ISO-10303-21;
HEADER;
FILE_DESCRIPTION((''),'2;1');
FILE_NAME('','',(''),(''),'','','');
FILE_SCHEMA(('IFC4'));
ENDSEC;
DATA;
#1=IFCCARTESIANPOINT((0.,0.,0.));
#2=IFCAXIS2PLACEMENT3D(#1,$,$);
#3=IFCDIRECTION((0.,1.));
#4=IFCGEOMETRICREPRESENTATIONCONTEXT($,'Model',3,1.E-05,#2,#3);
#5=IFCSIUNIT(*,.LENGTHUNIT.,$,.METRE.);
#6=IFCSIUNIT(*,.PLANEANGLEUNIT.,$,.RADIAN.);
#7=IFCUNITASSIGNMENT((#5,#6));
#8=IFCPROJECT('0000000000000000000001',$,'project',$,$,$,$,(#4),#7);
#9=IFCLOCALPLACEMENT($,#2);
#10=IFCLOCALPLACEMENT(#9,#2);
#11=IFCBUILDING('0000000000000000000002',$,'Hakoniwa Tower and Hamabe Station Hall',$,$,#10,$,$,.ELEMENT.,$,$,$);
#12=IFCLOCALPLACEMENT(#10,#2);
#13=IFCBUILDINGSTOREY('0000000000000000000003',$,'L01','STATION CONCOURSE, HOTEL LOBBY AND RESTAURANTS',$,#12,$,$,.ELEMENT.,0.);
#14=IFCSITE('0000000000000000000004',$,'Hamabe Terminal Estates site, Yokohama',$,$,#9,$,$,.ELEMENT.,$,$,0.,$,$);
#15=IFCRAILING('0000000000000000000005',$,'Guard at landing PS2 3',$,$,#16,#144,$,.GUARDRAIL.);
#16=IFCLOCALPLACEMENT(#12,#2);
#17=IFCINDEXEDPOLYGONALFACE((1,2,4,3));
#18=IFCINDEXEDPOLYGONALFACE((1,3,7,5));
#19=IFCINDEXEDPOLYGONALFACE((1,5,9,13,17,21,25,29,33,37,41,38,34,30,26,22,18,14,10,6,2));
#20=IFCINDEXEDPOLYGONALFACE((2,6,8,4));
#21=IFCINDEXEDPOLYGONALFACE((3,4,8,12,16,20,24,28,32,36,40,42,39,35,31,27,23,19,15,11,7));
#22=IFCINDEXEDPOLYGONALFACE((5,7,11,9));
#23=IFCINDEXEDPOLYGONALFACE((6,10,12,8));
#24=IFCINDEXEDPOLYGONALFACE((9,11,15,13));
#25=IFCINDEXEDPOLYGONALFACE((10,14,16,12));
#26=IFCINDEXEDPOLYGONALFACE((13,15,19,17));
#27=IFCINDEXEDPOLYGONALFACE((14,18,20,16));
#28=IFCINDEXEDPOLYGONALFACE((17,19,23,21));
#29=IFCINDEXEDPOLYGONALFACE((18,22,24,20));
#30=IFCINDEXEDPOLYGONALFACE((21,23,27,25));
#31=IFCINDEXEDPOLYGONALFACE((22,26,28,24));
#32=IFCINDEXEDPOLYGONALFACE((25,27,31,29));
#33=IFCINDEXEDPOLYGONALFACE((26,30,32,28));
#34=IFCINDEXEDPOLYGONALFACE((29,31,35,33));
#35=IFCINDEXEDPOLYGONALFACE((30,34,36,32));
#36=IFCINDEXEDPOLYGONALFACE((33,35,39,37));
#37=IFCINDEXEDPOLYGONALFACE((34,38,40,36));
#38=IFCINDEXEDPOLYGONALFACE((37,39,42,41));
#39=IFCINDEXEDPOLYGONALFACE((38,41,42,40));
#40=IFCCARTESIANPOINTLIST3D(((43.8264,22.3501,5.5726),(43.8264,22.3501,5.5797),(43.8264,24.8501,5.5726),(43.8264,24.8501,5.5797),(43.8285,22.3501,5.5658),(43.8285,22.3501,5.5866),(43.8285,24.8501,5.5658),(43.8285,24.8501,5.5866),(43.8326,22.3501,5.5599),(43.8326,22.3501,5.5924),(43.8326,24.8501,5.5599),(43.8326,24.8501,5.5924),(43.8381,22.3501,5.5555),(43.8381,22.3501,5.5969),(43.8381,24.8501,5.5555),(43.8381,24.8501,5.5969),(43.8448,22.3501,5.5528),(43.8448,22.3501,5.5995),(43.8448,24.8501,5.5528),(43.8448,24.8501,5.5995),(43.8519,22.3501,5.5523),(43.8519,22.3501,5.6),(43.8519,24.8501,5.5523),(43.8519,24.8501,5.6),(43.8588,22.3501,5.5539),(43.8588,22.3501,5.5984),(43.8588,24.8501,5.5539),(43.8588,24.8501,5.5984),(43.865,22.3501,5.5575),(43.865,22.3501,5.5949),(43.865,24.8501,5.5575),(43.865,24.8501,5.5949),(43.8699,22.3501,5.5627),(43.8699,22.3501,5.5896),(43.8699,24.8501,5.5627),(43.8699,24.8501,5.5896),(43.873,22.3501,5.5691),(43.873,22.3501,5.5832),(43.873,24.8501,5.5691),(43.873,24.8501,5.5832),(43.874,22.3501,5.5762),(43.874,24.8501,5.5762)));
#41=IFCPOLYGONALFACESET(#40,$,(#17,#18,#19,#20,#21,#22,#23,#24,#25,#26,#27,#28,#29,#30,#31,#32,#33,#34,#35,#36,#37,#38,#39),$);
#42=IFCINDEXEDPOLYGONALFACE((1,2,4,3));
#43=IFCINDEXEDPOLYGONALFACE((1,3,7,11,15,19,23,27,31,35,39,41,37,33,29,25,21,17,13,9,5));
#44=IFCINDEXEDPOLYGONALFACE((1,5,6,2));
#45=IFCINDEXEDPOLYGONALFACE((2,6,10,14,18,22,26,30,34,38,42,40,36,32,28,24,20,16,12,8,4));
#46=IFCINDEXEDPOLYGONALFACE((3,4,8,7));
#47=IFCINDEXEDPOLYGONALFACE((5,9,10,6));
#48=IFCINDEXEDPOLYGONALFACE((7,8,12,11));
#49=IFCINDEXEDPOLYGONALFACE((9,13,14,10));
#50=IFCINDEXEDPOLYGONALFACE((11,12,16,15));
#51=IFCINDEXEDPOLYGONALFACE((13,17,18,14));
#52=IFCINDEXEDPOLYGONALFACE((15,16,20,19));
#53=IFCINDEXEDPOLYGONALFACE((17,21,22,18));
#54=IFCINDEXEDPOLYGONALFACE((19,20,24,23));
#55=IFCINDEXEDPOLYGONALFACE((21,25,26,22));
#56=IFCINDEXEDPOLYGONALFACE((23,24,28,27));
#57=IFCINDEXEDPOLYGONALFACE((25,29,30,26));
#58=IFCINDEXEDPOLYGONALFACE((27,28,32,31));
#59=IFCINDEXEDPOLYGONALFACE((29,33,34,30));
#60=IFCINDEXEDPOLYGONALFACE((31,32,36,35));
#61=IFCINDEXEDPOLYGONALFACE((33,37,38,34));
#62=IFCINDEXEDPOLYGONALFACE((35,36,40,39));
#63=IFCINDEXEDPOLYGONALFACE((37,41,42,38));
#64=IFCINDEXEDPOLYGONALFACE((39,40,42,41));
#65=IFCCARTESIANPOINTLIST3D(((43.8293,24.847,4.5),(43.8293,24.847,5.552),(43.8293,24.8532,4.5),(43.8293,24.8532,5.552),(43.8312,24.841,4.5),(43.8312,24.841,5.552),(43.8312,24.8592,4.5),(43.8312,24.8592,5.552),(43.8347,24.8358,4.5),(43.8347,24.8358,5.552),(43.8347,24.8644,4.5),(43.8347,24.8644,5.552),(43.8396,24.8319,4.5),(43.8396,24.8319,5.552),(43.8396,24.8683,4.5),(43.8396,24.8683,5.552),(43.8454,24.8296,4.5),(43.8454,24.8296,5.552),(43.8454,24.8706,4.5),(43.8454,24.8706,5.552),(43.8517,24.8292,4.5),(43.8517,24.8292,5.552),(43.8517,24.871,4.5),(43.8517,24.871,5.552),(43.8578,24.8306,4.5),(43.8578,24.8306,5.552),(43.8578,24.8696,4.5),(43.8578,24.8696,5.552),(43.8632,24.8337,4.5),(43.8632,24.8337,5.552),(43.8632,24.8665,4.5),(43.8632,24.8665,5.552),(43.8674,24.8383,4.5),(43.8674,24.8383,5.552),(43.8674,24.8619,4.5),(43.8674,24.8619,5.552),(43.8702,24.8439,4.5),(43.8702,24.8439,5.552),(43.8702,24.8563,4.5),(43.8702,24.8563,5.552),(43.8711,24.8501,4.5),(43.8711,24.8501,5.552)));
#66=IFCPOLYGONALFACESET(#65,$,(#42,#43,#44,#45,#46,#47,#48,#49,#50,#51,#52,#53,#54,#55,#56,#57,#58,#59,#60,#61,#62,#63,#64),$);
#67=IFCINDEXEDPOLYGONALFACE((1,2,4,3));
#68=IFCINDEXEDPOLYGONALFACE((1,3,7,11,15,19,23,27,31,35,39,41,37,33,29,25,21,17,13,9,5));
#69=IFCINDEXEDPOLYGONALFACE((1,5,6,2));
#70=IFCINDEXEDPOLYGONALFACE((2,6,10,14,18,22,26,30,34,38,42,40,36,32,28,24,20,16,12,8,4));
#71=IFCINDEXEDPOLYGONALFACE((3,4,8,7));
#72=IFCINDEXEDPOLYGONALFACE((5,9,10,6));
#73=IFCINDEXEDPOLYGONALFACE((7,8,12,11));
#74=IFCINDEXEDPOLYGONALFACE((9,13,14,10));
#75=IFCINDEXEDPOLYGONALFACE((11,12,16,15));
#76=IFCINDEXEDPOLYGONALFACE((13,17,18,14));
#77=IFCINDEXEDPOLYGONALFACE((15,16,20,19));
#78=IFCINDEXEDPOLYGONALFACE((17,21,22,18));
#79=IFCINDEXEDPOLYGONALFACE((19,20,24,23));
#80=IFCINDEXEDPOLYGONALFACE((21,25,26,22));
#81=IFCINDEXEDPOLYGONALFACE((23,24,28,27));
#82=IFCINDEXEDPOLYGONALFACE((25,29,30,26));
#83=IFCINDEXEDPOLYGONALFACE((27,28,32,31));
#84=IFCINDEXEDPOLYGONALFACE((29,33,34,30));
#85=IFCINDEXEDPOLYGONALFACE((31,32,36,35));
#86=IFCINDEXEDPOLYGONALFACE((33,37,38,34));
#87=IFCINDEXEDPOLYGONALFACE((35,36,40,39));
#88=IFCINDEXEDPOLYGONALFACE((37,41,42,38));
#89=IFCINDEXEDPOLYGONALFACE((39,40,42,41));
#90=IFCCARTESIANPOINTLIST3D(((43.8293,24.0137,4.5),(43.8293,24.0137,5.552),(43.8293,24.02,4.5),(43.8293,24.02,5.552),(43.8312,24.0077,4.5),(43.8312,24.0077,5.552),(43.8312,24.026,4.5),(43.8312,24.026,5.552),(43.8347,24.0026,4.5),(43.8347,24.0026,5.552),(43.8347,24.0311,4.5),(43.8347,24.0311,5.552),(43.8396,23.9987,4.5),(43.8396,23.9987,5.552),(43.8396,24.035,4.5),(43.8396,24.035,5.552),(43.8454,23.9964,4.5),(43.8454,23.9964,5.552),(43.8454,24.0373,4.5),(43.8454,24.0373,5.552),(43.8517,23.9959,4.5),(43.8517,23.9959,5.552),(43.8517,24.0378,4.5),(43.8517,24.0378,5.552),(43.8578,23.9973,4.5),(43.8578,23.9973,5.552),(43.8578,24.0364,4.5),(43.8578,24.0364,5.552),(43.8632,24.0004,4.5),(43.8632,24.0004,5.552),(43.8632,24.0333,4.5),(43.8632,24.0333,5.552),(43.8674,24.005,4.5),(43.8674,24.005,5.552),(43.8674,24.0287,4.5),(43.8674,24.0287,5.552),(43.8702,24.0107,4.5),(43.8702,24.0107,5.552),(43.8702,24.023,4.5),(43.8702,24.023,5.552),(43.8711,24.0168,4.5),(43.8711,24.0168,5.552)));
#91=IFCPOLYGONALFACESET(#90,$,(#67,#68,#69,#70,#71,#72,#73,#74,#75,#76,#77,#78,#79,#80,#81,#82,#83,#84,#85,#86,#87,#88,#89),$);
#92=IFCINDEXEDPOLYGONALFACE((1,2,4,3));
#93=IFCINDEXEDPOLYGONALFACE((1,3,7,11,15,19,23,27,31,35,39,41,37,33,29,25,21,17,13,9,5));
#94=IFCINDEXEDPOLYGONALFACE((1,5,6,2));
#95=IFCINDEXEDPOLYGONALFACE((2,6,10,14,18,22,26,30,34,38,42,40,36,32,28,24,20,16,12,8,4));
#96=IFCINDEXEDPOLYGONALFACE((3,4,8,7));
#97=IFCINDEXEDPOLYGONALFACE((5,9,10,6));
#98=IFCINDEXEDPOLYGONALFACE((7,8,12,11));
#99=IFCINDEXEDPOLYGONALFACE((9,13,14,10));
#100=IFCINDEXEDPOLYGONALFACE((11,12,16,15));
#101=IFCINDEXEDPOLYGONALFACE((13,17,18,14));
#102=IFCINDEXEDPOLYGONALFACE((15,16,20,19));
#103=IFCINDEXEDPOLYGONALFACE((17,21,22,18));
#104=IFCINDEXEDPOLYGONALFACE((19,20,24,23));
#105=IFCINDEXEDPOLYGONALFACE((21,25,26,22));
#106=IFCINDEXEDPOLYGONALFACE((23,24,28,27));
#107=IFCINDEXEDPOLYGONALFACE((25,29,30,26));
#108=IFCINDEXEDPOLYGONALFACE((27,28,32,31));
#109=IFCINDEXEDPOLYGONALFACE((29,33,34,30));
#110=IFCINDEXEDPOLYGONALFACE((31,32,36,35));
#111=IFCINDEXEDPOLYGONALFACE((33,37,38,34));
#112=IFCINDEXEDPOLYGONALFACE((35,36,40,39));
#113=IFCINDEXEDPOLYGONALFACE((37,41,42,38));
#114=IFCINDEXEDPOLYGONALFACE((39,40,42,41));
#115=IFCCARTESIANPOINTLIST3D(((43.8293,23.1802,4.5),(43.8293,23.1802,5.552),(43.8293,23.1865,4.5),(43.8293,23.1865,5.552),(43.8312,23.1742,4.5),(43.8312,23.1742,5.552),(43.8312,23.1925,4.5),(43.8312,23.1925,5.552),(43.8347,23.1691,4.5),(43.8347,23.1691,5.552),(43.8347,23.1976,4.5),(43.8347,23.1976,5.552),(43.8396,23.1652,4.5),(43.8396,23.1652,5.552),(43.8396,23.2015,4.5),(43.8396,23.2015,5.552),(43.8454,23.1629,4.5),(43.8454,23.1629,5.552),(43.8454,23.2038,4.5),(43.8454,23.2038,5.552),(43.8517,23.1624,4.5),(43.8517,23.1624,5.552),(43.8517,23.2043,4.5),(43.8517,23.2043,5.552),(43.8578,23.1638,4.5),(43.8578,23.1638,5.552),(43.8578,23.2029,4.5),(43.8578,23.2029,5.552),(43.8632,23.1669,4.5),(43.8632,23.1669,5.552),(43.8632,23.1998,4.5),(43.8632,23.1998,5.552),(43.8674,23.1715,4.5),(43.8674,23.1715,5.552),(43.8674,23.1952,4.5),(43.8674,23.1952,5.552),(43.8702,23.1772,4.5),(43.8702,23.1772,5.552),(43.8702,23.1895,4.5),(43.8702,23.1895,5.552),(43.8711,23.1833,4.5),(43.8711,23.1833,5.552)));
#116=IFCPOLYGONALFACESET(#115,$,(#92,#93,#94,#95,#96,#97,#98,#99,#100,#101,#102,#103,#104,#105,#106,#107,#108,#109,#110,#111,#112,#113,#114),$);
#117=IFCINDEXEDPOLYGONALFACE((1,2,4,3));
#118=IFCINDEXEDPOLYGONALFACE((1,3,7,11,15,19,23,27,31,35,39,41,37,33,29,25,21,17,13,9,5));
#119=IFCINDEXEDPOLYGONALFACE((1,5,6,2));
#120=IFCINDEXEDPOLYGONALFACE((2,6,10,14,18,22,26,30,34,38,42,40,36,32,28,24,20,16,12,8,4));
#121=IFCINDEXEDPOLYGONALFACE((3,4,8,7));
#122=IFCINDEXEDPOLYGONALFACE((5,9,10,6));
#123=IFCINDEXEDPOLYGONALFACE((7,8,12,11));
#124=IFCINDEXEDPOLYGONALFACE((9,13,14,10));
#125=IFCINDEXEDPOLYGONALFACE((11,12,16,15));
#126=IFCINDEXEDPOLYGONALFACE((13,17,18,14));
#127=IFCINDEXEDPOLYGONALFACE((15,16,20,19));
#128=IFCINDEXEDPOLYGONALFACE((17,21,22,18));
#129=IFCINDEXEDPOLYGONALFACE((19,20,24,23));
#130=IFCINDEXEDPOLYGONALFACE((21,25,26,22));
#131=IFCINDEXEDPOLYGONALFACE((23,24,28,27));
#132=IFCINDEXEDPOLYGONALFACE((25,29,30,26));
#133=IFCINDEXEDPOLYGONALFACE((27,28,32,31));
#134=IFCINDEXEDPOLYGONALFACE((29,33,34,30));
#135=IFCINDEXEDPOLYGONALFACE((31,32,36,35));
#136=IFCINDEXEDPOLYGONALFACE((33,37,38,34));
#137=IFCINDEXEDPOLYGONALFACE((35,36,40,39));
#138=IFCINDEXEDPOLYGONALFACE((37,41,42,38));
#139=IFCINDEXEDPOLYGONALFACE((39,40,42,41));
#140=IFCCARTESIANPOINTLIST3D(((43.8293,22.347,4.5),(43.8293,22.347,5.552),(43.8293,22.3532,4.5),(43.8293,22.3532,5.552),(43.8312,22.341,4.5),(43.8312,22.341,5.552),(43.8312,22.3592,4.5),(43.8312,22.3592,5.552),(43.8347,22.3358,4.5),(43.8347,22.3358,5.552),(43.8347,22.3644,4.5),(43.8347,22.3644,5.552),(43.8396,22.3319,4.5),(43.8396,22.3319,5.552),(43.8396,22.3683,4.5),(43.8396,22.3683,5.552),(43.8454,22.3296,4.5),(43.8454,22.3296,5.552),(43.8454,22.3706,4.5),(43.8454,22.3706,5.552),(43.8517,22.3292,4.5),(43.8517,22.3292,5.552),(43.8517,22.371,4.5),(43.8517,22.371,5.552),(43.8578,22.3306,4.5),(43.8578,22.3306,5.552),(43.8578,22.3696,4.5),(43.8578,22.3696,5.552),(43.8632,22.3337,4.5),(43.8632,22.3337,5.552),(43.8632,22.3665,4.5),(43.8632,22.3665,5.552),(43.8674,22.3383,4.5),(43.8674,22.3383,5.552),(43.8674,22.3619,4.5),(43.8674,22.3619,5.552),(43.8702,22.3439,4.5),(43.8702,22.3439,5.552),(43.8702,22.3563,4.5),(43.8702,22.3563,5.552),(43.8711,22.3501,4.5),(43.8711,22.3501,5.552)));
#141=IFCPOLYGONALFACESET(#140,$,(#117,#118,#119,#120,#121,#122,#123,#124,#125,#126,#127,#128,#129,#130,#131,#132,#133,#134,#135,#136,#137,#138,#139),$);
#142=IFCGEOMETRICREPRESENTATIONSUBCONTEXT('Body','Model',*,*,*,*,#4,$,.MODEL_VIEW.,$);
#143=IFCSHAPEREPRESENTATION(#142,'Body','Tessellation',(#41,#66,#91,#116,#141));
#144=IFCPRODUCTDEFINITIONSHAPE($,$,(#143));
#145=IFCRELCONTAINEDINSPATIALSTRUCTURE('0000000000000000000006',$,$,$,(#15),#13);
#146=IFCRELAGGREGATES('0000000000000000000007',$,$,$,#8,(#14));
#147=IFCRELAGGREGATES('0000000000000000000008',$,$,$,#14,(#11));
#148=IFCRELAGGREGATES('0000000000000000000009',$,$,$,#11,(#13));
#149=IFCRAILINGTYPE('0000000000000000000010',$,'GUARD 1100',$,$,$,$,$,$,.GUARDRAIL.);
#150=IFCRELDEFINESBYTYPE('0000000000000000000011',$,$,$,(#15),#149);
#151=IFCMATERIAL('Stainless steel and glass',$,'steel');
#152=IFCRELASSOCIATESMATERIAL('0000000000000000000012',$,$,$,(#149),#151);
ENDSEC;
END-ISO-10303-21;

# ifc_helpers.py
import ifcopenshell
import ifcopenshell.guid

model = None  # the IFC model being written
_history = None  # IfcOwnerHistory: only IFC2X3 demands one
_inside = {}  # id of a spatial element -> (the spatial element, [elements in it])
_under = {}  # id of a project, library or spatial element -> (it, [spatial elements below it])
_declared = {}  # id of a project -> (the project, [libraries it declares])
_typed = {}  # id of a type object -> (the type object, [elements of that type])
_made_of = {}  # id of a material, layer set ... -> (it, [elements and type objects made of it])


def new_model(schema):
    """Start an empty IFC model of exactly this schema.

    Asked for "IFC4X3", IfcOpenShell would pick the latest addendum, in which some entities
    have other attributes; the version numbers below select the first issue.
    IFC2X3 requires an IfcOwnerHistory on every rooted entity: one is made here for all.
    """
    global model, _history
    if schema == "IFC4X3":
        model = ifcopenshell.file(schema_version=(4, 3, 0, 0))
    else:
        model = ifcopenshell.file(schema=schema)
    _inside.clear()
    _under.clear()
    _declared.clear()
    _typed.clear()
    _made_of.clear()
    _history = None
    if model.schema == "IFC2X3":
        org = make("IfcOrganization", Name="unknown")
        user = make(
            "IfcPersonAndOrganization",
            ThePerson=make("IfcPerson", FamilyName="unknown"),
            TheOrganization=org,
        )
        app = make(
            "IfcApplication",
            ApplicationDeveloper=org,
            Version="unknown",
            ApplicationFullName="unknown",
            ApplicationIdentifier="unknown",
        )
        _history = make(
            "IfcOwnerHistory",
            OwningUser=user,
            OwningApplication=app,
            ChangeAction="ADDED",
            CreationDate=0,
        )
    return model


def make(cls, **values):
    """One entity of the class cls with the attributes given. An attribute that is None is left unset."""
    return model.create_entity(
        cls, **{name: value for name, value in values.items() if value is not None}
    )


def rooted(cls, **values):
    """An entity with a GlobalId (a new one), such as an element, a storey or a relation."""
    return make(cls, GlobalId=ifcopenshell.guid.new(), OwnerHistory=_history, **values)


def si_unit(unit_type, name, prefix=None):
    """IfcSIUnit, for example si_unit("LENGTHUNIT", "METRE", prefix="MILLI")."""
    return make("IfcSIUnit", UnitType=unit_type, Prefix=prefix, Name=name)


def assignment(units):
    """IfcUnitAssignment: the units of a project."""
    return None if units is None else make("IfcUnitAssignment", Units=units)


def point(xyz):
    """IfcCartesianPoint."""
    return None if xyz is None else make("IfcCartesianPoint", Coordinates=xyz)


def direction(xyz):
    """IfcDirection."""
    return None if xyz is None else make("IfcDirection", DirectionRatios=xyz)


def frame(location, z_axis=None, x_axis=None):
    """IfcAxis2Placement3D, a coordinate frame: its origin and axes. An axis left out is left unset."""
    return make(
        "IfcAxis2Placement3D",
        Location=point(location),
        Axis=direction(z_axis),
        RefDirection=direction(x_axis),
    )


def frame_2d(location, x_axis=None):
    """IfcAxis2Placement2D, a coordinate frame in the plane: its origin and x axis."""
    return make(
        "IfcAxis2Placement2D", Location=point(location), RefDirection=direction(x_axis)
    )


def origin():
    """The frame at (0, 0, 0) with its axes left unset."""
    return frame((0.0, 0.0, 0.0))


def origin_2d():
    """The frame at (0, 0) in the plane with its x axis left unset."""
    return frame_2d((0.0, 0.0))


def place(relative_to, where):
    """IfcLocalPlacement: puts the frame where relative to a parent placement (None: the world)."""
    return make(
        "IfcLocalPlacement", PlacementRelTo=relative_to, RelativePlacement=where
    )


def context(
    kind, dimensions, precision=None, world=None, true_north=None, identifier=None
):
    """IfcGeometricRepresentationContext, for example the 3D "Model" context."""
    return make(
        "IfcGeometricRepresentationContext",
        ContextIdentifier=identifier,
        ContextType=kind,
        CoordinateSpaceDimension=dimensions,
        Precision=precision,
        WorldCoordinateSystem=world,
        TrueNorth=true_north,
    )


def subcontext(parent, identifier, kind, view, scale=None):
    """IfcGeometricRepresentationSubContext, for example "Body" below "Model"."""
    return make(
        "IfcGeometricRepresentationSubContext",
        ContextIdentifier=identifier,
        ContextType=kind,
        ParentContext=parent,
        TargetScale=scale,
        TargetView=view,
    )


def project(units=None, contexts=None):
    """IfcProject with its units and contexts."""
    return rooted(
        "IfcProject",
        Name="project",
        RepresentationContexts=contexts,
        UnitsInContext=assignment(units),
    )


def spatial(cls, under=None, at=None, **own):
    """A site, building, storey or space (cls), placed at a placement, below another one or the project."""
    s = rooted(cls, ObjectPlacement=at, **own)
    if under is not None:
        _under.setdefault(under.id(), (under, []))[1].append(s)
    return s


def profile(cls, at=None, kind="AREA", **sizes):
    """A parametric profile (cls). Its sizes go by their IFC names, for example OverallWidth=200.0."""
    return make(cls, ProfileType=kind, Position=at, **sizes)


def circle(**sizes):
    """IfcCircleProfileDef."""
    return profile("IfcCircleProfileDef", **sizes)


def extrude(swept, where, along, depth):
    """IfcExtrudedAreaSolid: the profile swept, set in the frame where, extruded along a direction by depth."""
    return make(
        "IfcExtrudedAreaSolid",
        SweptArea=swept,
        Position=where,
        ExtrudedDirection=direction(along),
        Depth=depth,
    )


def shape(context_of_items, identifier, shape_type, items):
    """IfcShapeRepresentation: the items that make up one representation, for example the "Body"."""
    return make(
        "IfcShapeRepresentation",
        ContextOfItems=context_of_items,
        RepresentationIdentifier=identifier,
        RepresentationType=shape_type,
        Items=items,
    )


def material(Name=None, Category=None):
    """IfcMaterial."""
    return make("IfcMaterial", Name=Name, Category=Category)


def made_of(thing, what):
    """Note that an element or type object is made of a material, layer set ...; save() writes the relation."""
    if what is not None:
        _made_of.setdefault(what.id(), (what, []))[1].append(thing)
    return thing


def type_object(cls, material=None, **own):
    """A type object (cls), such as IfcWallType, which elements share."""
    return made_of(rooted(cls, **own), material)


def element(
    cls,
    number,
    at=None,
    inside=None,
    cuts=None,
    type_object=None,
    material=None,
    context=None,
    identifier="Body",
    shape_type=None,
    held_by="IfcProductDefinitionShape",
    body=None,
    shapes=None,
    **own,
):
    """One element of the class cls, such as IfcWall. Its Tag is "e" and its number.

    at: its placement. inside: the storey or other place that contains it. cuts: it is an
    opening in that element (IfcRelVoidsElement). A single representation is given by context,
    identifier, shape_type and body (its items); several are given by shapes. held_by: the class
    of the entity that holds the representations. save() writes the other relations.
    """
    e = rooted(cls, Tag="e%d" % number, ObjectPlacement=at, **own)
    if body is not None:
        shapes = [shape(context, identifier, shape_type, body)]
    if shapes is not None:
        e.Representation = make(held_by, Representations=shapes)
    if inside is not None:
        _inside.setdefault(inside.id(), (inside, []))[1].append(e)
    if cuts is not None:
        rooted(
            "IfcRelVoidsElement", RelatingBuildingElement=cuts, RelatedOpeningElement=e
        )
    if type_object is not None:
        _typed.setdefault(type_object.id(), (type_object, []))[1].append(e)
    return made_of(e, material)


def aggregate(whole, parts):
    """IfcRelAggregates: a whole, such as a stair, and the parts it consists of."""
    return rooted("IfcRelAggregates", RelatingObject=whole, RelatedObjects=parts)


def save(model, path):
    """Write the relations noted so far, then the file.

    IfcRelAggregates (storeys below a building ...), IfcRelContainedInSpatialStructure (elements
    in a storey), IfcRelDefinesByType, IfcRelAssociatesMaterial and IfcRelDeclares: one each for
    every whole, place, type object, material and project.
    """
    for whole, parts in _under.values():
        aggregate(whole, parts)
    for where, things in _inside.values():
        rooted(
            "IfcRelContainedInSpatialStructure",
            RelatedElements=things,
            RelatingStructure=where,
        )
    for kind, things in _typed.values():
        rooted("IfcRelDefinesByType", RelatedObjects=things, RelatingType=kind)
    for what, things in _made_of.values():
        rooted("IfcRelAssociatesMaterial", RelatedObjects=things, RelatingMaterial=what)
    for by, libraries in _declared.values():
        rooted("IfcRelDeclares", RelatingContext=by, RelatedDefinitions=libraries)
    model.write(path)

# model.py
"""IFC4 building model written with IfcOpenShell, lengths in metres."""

from ifc_helpers import new_model, si_unit, direction, frame, origin, origin_2d, place, context, subcontext, project, spatial, circle, extrude, material, type_object, element, save


model = new_model("IFC4")

# Units and contexts
model_context = context("Model", 3, precision=1e-05, world=origin(), true_north=direction((0.0, 1.0)))
body_context = subcontext(model_context, "Body", "Model", "MODEL_VIEW")
ifc_project = project(units=[si_unit("LENGTHUNIT", "METRE"), si_unit("PLANEANGLEUNIT", "RADIAN")], contexts=[model_context])

# Site, building, storey
site_placement = place(None, origin())
site = spatial("IfcSite", under=ifc_project, at=site_placement, Name="Hamabe Terminal Estates site, Yokohama", CompositionType="ELEMENT", RefElevation=0.0)
building_placement = place(site_placement, origin())
building = spatial("IfcBuilding", under=site, at=building_placement, Name="Hakoniwa Tower and Hamabe Station Hall", CompositionType="ELEMENT")
storey_placement = place(building_placement, origin())
storey = spatial("IfcBuildingStorey", under=building, at=storey_placement, Name="L01", Description="STATION CONCOURSE, HOTEL LOBBY AND RESTAURANTS", CompositionType="ELEMENT", Elevation=0.0)

# Railing
ifc_material_1 = material(Name="Stainless steel and glass", Category="steel")
railing_type_1 = type_object("IfcRailingType", Name="GUARD 1100", PredefinedType="GUARDRAIL", material=ifc_material_1)
railing_1_placement = place(storey_placement, frame((43.8501, 24.8501, 4.5)))
element("IfcRailing", 1, at=railing_1_placement, inside=storey, type_object=railing_type_1, Name="Guard at landing PS2 3", PredefinedType="GUARDRAIL", context=body_context, shape_type="SweptSolid", body=[
    extrude(circle(Radius=0.0239, at=origin_2d()), frame((0.0, 0.0, 1.0762), z_axis=(0.0, -1.0, 0.0), x_axis=(1.0, 0.0, 0.0)), (0.0, 0.0, 1.0), 2.5),
    extrude(circle(Radius=0.021, at=origin_2d()), origin(), (0.0, 0.0, 1.0), 1.052),
    extrude(circle(Radius=0.021, at=origin_2d()), frame((0.0, -0.8333, 0.0)), (0.0, 0.0, 1.0), 1.052),
    extrude(circle(Radius=0.021, at=origin_2d()), frame((0.0, -1.6667, 0.0)), (0.0, 0.0, 1.0), 1.052),
    extrude(circle(Radius=0.021, at=origin_2d()), frame((0.0, -2.5, 0.0)), (0.0, 0.0, 1.0), 1.052),
])

save(model, "model.ifc")
